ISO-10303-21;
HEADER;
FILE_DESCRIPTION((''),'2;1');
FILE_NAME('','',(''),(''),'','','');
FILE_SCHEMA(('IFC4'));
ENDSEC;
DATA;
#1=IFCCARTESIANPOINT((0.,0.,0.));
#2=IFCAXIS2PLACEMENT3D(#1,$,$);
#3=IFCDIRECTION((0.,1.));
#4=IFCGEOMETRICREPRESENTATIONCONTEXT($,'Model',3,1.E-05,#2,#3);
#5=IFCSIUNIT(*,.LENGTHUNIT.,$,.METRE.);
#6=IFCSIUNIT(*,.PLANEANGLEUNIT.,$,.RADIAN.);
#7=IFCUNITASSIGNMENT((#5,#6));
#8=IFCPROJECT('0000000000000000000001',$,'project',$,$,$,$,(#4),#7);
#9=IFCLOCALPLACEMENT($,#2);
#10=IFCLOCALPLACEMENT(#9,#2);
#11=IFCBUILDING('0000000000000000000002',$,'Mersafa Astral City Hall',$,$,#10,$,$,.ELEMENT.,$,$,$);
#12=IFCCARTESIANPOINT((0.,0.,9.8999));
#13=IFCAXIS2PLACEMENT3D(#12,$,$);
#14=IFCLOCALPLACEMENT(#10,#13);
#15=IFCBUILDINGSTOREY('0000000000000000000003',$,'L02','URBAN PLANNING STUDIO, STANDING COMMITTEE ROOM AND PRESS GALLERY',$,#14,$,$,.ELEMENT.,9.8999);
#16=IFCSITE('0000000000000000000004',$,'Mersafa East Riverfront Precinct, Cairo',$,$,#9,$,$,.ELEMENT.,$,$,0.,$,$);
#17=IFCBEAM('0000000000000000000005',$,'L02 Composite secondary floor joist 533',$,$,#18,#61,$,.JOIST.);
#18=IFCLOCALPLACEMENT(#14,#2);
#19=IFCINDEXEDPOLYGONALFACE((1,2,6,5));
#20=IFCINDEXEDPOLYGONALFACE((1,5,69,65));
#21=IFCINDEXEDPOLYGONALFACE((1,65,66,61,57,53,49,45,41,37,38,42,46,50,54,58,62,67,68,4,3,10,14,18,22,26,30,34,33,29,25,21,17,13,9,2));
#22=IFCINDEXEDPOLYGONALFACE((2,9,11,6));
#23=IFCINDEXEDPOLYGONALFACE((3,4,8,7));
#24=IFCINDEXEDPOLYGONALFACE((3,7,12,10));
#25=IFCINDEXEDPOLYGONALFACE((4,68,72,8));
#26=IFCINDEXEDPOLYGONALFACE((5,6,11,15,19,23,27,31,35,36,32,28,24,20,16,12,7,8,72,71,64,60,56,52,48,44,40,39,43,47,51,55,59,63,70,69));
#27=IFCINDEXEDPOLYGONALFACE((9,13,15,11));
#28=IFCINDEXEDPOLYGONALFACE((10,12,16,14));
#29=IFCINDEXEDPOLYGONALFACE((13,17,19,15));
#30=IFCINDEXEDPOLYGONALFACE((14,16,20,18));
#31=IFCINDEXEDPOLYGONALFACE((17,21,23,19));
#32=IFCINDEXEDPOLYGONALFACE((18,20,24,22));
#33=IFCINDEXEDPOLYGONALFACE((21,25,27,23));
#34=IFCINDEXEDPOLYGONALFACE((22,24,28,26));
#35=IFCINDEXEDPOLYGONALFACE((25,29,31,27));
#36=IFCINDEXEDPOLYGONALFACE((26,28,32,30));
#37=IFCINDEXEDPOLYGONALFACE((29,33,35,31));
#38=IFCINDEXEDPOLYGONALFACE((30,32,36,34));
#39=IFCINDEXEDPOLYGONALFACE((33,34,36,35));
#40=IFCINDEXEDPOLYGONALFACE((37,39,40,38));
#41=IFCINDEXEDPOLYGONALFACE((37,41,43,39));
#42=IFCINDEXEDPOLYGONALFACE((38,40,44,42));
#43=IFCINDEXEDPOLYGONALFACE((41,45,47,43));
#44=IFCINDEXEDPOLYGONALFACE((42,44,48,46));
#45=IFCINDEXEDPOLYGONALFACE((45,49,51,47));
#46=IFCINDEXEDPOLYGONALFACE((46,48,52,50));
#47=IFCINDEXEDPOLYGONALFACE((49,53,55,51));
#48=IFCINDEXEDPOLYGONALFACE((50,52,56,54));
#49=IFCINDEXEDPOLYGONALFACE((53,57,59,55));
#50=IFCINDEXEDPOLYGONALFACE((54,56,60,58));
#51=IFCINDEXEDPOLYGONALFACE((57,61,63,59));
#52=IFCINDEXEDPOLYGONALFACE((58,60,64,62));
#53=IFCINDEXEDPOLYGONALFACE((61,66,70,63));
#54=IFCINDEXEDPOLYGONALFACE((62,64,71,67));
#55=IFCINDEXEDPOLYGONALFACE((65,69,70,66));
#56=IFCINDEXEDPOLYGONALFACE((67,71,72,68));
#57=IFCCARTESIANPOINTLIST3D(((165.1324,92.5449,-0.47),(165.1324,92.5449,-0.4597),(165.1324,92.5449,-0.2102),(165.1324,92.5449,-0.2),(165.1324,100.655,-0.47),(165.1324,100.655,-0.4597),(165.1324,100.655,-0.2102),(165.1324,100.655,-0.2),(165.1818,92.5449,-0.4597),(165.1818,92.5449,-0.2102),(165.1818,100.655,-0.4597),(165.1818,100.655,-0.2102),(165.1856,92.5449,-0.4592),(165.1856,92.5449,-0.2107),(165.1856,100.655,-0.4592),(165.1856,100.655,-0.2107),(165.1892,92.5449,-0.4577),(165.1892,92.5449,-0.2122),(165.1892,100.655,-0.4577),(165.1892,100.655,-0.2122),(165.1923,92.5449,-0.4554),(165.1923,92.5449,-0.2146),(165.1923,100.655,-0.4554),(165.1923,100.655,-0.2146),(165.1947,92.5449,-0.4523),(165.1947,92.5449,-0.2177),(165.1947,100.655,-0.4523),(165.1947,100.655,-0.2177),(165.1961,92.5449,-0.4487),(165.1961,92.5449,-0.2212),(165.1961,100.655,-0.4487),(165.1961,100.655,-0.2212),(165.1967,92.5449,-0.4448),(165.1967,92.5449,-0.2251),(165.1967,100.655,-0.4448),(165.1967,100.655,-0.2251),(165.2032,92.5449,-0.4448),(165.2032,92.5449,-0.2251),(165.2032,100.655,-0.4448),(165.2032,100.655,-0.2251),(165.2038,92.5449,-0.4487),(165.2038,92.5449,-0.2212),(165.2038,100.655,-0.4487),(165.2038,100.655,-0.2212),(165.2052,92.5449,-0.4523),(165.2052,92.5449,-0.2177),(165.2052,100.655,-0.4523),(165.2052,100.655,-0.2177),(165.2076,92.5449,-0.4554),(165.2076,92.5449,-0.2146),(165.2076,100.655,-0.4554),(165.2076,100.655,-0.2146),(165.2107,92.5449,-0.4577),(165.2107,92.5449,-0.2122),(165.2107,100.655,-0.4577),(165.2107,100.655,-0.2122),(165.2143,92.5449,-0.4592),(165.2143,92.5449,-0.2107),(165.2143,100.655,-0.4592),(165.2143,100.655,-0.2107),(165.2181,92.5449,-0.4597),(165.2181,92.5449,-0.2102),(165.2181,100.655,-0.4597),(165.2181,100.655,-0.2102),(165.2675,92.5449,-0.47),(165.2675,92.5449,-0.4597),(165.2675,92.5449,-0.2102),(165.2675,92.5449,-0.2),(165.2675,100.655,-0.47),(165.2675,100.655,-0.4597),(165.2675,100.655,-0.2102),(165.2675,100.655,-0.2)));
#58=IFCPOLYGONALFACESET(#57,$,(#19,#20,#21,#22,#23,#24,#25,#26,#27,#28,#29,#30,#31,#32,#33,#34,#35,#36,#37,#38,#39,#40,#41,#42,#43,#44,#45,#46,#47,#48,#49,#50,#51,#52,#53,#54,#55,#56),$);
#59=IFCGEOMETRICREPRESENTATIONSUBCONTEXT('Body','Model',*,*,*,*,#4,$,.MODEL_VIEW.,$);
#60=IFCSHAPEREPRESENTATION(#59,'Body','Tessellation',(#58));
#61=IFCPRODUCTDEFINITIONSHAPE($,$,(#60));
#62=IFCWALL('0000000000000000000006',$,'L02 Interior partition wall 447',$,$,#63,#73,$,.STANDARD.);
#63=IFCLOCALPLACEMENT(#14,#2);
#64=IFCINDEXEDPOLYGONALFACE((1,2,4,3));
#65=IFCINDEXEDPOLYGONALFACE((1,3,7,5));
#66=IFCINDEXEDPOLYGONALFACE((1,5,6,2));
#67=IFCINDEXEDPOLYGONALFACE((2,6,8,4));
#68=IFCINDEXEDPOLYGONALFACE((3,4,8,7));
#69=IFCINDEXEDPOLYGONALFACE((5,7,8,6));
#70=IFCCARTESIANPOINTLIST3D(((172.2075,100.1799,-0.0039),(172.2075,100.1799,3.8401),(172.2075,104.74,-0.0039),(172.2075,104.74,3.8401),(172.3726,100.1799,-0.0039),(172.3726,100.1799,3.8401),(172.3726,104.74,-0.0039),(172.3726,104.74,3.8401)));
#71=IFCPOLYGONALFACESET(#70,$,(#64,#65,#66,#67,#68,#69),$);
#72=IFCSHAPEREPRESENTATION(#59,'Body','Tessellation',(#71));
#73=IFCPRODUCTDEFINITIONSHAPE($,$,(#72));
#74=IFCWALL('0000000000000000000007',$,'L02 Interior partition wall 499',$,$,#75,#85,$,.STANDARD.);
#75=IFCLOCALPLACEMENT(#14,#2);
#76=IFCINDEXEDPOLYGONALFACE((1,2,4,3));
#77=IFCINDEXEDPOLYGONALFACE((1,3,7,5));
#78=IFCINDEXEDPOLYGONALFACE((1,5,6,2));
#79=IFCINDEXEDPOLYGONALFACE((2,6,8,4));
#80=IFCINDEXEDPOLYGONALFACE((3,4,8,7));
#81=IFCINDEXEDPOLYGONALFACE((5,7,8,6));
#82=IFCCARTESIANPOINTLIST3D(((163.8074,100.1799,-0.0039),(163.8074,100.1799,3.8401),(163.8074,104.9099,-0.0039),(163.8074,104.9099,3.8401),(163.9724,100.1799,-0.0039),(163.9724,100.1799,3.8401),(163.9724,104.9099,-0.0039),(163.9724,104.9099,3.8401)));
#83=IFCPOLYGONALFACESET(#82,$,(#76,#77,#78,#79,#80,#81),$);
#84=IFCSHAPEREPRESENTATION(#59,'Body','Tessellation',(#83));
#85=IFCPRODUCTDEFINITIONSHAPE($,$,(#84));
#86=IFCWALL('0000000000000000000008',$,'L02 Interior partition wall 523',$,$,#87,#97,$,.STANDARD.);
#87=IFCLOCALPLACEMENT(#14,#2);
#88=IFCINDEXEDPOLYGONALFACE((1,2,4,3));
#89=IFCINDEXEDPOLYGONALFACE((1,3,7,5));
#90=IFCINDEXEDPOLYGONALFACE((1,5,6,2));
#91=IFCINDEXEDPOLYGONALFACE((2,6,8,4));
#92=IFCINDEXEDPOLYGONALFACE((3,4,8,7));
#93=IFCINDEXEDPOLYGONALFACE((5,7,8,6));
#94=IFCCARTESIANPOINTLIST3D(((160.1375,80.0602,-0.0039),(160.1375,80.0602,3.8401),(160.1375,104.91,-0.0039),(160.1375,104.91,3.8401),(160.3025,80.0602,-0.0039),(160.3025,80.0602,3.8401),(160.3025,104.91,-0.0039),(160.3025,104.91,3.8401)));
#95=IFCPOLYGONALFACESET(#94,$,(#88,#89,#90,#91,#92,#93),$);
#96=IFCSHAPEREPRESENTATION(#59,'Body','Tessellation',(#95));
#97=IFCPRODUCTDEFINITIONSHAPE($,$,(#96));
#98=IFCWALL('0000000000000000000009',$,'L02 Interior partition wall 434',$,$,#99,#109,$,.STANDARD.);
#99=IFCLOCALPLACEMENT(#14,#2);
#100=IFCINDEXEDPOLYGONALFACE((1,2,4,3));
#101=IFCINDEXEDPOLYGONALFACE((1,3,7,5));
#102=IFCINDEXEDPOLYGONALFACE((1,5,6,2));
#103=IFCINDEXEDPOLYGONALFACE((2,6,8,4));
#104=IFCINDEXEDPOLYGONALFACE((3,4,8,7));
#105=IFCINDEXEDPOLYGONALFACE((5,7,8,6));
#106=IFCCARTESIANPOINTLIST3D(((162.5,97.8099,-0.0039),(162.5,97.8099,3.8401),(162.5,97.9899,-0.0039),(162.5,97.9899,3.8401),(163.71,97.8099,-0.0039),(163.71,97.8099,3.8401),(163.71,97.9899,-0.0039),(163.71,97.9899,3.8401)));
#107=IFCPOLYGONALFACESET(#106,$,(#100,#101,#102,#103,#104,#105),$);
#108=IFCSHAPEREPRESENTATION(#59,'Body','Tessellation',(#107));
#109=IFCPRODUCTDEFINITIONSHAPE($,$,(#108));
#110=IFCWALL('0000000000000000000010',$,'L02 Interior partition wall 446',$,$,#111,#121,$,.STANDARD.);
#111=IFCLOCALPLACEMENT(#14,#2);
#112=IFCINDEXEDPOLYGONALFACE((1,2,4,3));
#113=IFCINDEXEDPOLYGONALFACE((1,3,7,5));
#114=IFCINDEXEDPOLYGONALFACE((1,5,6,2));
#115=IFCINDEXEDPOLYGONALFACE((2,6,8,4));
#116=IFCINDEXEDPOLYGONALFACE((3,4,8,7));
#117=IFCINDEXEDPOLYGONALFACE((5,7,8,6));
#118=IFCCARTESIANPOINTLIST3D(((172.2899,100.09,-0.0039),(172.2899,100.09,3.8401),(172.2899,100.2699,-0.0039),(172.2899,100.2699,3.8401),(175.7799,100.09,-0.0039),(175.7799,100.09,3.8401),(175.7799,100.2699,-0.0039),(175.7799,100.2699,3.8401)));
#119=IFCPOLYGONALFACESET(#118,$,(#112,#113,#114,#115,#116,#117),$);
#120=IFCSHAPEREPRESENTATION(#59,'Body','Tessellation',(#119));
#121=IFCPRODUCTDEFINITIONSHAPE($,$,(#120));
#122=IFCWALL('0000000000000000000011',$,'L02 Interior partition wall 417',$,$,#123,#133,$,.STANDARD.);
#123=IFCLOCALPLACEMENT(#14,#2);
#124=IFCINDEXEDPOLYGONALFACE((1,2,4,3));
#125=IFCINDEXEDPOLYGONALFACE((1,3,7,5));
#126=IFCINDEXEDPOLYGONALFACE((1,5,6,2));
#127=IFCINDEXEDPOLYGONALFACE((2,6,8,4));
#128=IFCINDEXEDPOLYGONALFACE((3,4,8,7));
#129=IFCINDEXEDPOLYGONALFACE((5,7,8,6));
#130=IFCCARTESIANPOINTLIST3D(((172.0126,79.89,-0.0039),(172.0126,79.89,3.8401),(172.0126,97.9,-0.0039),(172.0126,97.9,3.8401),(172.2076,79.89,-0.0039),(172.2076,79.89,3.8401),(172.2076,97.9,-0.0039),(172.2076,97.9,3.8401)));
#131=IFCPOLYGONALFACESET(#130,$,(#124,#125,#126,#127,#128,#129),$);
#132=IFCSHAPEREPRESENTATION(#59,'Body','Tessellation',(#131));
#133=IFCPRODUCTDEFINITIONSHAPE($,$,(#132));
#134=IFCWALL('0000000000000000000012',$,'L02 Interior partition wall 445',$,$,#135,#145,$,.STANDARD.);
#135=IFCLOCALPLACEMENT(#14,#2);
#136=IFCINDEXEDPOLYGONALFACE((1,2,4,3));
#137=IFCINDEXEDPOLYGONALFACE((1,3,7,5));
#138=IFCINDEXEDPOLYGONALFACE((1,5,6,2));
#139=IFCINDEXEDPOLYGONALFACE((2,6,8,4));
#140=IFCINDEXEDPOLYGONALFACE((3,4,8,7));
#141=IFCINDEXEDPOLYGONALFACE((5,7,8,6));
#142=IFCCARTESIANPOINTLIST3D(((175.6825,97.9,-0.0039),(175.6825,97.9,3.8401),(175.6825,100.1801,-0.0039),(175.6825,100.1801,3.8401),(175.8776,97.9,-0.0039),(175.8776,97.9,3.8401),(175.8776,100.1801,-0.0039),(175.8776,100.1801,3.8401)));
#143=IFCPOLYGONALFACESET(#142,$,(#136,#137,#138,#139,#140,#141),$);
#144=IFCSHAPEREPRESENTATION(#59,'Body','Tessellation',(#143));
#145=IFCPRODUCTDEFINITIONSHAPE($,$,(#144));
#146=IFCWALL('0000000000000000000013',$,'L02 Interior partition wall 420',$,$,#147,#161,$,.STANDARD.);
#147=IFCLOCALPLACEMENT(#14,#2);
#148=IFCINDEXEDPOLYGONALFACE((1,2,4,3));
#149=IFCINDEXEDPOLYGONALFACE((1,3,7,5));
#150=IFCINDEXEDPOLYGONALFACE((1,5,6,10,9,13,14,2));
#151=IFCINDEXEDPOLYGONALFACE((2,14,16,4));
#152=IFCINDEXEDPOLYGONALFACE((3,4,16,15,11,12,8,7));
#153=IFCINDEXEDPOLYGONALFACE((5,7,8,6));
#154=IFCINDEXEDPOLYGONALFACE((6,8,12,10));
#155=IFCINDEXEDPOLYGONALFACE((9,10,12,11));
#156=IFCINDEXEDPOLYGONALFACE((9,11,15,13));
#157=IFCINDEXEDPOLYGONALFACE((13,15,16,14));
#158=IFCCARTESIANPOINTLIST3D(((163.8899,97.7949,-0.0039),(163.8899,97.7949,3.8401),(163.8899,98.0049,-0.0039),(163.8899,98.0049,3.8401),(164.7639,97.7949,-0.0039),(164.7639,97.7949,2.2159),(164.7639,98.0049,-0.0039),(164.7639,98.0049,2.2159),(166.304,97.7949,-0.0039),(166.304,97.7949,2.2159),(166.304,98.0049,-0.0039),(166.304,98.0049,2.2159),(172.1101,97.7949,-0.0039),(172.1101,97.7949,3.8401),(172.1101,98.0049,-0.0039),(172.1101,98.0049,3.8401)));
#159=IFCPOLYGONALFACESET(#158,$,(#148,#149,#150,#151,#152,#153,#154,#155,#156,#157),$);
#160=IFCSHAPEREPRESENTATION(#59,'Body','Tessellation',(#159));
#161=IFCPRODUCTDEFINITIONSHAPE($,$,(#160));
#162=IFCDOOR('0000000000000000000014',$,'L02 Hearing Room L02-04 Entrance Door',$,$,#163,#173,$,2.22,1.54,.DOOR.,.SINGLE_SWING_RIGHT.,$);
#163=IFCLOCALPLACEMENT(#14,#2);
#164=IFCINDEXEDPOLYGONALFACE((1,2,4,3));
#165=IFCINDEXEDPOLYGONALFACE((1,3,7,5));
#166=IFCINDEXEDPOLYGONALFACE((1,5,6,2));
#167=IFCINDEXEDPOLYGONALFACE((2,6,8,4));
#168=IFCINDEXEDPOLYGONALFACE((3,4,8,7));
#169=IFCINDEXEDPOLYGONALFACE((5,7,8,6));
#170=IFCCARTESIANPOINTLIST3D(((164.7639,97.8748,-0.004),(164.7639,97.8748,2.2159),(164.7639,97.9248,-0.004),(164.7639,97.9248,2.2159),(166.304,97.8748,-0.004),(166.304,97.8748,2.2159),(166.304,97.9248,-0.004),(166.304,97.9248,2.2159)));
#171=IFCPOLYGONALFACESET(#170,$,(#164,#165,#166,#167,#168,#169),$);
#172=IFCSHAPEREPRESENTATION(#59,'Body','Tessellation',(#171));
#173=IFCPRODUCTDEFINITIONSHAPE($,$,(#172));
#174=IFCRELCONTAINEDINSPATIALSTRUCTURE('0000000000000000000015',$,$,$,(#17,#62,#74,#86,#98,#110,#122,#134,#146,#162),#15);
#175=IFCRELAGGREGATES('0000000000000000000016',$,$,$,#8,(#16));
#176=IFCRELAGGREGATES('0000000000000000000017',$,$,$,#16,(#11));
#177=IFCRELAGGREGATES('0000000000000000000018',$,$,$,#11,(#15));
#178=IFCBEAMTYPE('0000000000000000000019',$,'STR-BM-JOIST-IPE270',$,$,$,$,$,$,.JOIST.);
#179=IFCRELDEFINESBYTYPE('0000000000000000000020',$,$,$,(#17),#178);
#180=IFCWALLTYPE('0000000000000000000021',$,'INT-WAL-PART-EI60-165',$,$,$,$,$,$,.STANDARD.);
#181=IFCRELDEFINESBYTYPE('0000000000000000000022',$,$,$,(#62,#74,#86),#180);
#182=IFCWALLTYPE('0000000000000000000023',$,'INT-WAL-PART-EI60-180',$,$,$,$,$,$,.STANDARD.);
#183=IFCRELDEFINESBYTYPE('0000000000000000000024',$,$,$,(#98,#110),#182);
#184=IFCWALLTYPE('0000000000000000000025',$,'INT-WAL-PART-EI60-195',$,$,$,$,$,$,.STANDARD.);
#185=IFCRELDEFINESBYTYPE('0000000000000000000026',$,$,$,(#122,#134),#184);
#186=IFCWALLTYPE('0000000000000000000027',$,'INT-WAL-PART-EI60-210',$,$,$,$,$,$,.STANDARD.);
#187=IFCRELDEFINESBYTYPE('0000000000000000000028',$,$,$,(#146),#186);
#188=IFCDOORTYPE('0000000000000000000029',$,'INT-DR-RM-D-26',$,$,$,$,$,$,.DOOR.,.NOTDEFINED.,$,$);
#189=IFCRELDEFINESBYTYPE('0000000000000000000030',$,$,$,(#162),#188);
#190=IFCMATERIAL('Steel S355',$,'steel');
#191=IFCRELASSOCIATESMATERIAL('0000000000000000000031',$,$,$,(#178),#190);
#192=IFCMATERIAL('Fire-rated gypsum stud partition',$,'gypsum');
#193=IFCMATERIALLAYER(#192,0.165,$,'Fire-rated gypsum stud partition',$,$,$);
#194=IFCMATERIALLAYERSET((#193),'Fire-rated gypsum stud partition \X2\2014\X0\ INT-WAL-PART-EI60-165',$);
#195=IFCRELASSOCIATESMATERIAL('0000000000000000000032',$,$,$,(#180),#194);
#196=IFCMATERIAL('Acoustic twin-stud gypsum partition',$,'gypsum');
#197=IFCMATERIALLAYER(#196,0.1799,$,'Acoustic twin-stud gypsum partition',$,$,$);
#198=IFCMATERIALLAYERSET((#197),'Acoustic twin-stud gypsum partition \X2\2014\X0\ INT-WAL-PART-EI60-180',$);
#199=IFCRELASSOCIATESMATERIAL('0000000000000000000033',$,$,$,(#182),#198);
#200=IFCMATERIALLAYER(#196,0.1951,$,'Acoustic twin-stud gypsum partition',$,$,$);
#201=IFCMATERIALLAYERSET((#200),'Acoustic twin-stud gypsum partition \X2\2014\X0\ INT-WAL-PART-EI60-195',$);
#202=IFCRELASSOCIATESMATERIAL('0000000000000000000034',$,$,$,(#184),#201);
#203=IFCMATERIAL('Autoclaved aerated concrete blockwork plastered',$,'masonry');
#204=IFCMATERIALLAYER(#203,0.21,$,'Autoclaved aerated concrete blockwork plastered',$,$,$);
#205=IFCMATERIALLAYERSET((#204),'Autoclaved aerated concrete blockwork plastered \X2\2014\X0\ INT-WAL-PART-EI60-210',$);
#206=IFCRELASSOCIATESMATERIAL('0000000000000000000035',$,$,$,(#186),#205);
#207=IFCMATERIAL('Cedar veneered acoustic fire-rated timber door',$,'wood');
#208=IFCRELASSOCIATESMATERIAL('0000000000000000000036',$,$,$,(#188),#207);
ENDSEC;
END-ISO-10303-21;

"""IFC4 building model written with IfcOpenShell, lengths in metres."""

from ifc_helpers import new_model, si_unit, direction, frame, frame_2d, origin, origin_2d, place, context, subcontext, project, spatial, rectangle, i_section, extrude, material, layer, layer_set, material_profile, profile_set, type_object, element, fill, save


model = new_model("IFC4")

# Units and contexts
model_context = context("Model", 3, precision=1e-05, world=origin(), true_north=direction((0.0, 1.0)))
body_context = subcontext(model_context, "Body", "Model", "MODEL_VIEW")
ifc_project = project(units=[si_unit("LENGTHUNIT", "METRE"), si_unit("PLANEANGLEUNIT", "RADIAN")], contexts=[model_context])

# Site, building, storey
site_placement = place(None, origin())
site = spatial("IfcSite", under=ifc_project, at=site_placement, Name="Mersafa East Riverfront Precinct, Cairo", CompositionType="ELEMENT", RefElevation=0.0)
building_placement = place(site_placement, origin())
building = spatial("IfcBuilding", under=site, at=building_placement, Name="Mersafa Astral City Hall", CompositionType="ELEMENT")
storey_placement = place(building_placement, frame((0.0, 0.0, 9.8999)))
storey = spatial("IfcBuildingStorey", under=building, at=storey_placement, Name="L02", Description="URBAN PLANNING STUDIO, STANDING COMMITTEE ROOM AND PRESS GALLERY", CompositionType="ELEMENT", Elevation=9.8999)

# Shared definitions
ifc_material_1 = material(Name="Steel S355", Category="steel")

# Beam
ifc_material_profile_1 = material_profile(ifc_material_1, i_section(OverallWidth=0.135, OverallDepth=0.27, WebThickness=0.0066, FlangeThickness=0.0103, FilletRadius=0.0149, at=origin_2d()), Name="IPE 270")
ifc_profile_set_1 = profile_set([ifc_material_profile_1], Name="Steel S355")
beam_type_1 = type_object("IfcBeamType", Name="STR-BM-JOIST-IPE270", PredefinedType="JOIST", material=ifc_profile_set_1)
beam_1_placement = place(storey_placement, frame((165.2, 92.5449, -0.335), z_axis=(0.0, 1.0, 0.0), x_axis=(-1.0, 0.0, 0.0)))
element("IfcBeam", 1, at=beam_1_placement, inside=storey, type_object=beam_type_1, Name="L02 Composite secondary floor joist 533", PredefinedType="JOIST", context=body_context, shape_type="SweptSolid", body=[
    extrude(i_section(OverallWidth=0.135, OverallDepth=0.27, WebThickness=0.0066, FlangeThickness=0.0103, FilletRadius=0.0149, at=origin_2d()), origin(), (0.0, 0.0, 1.0), 8.1101),
])

# Walls
ifc_material_2 = material(Name="Fire-rated gypsum stud partition", Category="gypsum")
ifc_layer_1 = layer(ifc_material_2, 0.165, Name="Fire-rated gypsum stud partition")
ifc_layer_set_1 = layer_set([ifc_layer_1], Name="Fire-rated gypsum stud partition — INT-WAL-PART-EI60-165")
wall_type_1 = type_object("IfcWallType", Name="INT-WAL-PART-EI60-165", PredefinedType="STANDARD", material=ifc_layer_set_1)
wall_1_placement = place(storey_placement, frame((172.29, 100.1799, -0.0039), z_axis=(0.0, 0.0, 1.0), x_axis=(0.0, 1.0, 0.0)))
element("IfcWall", 2, at=wall_1_placement, inside=storey, type_object=wall_type_1, Name="L02 Interior partition wall 447", PredefinedType="STANDARD", context=body_context, shape_type="SweptSolid", body=[
    extrude(rectangle(XDim=4.5601, YDim=0.165, at=frame_2d((2.28, 0.0))), origin(), (0.0, 0.0, 1.0), 3.844),
])
wall_2_placement = place(storey_placement, frame((163.8899, 100.1799, -0.0039), z_axis=(0.0, 0.0, 1.0), x_axis=(0.0, 1.0, 0.0)))
element("IfcWall", 3, at=wall_2_placement, inside=storey, type_object=wall_type_1, Name="L02 Interior partition wall 499", PredefinedType="STANDARD", context=body_context, shape_type="SweptSolid", body=[
    extrude(rectangle(XDim=4.73, YDim=0.165, at=frame_2d((2.365, 0.0))), origin(), (0.0, 0.0, 1.0), 3.844),
])
wall_3_placement = place(storey_placement, frame((160.22, 104.9099, -0.0039), z_axis=(0.0, 0.0, 1.0), x_axis=(0.0, -1.0, 0.0)))
element("IfcWall", 4, at=wall_3_placement, inside=storey, type_object=wall_type_1, Name="L02 Interior partition wall 523", PredefinedType="STANDARD", context=body_context, shape_type="SweptSolid", body=[
    extrude(rectangle(XDim=24.8499, YDim=0.165, at=frame_2d((12.4248, 0.0))), origin(), (0.0, 0.0, 1.0), 3.844),
])
ifc_material_3 = material(Name="Acoustic twin-stud gypsum partition", Category="gypsum")
ifc_layer_2 = layer(ifc_material_3, 0.1799, Name="Acoustic twin-stud gypsum partition")
ifc_layer_set_2 = layer_set([ifc_layer_2], Name="Acoustic twin-stud gypsum partition — INT-WAL-PART-EI60-180")
wall_type_2 = type_object("IfcWallType", Name="INT-WAL-PART-EI60-180", PredefinedType="STANDARD", material=ifc_layer_set_2)
wall_4_placement = place(storey_placement, frame((162.5, 97.8999, -0.0039), z_axis=(0.0, 0.0, 1.0), x_axis=(1.0, 0.0, 0.0)))
element("IfcWall", 5, at=wall_4_placement, inside=storey, type_object=wall_type_2, Name="L02 Interior partition wall 434", PredefinedType="STANDARD", context=body_context, shape_type="SweptSolid", body=[
    extrude(rectangle(XDim=1.21, YDim=0.1799, at=frame_2d((0.605, 0.0))), origin(), (0.0, 0.0, 1.0), 3.844),
])
wall_5_placement = place(storey_placement, frame((175.78, 100.1799, -0.0039), z_axis=(0.0, 0.0, 1.0), x_axis=(-1.0, 0.0, 0.0)))
element("IfcWall", 6, at=wall_5_placement, inside=storey, type_object=wall_type_2, Name="L02 Interior partition wall 446", PredefinedType="STANDARD", context=body_context, shape_type="SweptSolid", body=[
    extrude(rectangle(XDim=3.49, YDim=0.1799, at=frame_2d((1.7451, 0.0))), origin(), (0.0, 0.0, 1.0), 3.844),
])
ifc_layer_3 = layer(ifc_material_3, 0.1951, Name="Acoustic twin-stud gypsum partition")
ifc_layer_set_3 = layer_set([ifc_layer_3], Name="Acoustic twin-stud gypsum partition — INT-WAL-PART-EI60-195")
wall_type_3 = type_object("IfcWallType", Name="INT-WAL-PART-EI60-195", PredefinedType="STANDARD", material=ifc_layer_set_3)
wall_6_placement = place(storey_placement, frame((172.1101, 97.8999, -0.0039), z_axis=(0.0, 0.0, 1.0), x_axis=(0.0, -1.0, 0.0)))
element("IfcWall", 7, at=wall_6_placement, inside=storey, type_object=wall_type_3, Name="L02 Interior partition wall 417", PredefinedType="STANDARD", context=body_context, shape_type="SweptSolid", body=[
    extrude(rectangle(XDim=18.01, YDim=0.1951, at=frame_2d((9.0049, 0.0))), origin(), (0.0, 0.0, 1.0), 3.844),
])
wall_7_placement = place(storey_placement, frame((175.78, 97.8999, -0.0039), z_axis=(0.0, 0.0, 1.0), x_axis=(0.0, 1.0, 0.0)))
element("IfcWall", 8, at=wall_7_placement, inside=storey, type_object=wall_type_3, Name="L02 Interior partition wall 445", PredefinedType="STANDARD", context=body_context, shape_type="SweptSolid", body=[
    extrude(rectangle(XDim=2.28, YDim=0.1951, at=frame_2d((1.1401, 0.0))), origin(), (0.0, 0.0, 1.0), 3.844),
])

# Wall, opening, door
ifc_material_4 = material(Name="Autoclaved aerated concrete blockwork plastered", Category="masonry")
ifc_layer_4 = layer(ifc_material_4, 0.21, Name="Autoclaved aerated concrete blockwork plastered")
ifc_layer_set_4 = layer_set([ifc_layer_4], Name="Autoclaved aerated concrete blockwork plastered — INT-WAL-PART-EI60-210")
wall_type_4 = type_object("IfcWallType", Name="INT-WAL-PART-EI60-210", PredefinedType="STANDARD", material=ifc_layer_set_4)
wall_8_placement = place(storey_placement, frame((163.8899, 97.8999, -0.0039), z_axis=(0.0, 0.0, 1.0), x_axis=(1.0, 0.0, 0.0)))
wall_8 = element("IfcWall", 9, at=wall_8_placement, inside=storey, type_object=wall_type_4, Name="L02 Interior partition wall 420", PredefinedType="STANDARD", context=body_context, shape_type="SweptSolid", body=[
    extrude(rectangle(XDim=8.2202, YDim=0.21, at=frame_2d((4.1101, 0.0))), origin(), (0.0, 0.0, 1.0), 3.844),
])
opening_1_placement = place(wall_8_placement, frame((0.874, 0.0, 0.0)))
opening_1 = element("IfcOpeningElement", 10, at=opening_1_placement, cuts=wall_8, PredefinedType="OPENING", context=body_context, shape_type="SweptSolid", body=[
    extrude(rectangle(XDim=1.54, YDim=2.22, at=frame_2d((0.77, 1.1099))), frame((0.0, 0.115, 0.0), z_axis=(0.0, -1.0, 0.0), x_axis=(1.0, 0.0, 0.0)), (0.0, 0.0, 1.0), 0.23),
])
ifc_material_5 = material(Name="Cedar veneered acoustic fire-rated timber door", Category="wood")
door_type_1 = type_object("IfcDoorType", Name="INT-DR-RM-D-26", OperationType="NOTDEFINED", PredefinedType="DOOR", material=ifc_material_5)
door_1_placement = place(opening_1_placement, origin())
door_1 = element("IfcDoor", 11, at=door_1_placement, inside=storey, type_object=door_type_1, Name="L02 Hearing Room L02-04 Entrance Door", OperationType="SINGLE_SWING_RIGHT", OverallHeight=2.22, OverallWidth=1.54, PredefinedType="DOOR", context=body_context, shape_type="SweptSolid", body=[
    extrude(rectangle(XDim=1.54, YDim=2.22, at=frame_2d((0.77, 1.1099))), frame((0.0, 0.0249, 0.0), z_axis=(0.0, -1.0, 0.0), x_axis=(1.0, 0.0, 0.0)), (0.0, 0.0, 1.0), 0.05),
])
fill(opening_1, door_1)

save(model, "model.ifc")
